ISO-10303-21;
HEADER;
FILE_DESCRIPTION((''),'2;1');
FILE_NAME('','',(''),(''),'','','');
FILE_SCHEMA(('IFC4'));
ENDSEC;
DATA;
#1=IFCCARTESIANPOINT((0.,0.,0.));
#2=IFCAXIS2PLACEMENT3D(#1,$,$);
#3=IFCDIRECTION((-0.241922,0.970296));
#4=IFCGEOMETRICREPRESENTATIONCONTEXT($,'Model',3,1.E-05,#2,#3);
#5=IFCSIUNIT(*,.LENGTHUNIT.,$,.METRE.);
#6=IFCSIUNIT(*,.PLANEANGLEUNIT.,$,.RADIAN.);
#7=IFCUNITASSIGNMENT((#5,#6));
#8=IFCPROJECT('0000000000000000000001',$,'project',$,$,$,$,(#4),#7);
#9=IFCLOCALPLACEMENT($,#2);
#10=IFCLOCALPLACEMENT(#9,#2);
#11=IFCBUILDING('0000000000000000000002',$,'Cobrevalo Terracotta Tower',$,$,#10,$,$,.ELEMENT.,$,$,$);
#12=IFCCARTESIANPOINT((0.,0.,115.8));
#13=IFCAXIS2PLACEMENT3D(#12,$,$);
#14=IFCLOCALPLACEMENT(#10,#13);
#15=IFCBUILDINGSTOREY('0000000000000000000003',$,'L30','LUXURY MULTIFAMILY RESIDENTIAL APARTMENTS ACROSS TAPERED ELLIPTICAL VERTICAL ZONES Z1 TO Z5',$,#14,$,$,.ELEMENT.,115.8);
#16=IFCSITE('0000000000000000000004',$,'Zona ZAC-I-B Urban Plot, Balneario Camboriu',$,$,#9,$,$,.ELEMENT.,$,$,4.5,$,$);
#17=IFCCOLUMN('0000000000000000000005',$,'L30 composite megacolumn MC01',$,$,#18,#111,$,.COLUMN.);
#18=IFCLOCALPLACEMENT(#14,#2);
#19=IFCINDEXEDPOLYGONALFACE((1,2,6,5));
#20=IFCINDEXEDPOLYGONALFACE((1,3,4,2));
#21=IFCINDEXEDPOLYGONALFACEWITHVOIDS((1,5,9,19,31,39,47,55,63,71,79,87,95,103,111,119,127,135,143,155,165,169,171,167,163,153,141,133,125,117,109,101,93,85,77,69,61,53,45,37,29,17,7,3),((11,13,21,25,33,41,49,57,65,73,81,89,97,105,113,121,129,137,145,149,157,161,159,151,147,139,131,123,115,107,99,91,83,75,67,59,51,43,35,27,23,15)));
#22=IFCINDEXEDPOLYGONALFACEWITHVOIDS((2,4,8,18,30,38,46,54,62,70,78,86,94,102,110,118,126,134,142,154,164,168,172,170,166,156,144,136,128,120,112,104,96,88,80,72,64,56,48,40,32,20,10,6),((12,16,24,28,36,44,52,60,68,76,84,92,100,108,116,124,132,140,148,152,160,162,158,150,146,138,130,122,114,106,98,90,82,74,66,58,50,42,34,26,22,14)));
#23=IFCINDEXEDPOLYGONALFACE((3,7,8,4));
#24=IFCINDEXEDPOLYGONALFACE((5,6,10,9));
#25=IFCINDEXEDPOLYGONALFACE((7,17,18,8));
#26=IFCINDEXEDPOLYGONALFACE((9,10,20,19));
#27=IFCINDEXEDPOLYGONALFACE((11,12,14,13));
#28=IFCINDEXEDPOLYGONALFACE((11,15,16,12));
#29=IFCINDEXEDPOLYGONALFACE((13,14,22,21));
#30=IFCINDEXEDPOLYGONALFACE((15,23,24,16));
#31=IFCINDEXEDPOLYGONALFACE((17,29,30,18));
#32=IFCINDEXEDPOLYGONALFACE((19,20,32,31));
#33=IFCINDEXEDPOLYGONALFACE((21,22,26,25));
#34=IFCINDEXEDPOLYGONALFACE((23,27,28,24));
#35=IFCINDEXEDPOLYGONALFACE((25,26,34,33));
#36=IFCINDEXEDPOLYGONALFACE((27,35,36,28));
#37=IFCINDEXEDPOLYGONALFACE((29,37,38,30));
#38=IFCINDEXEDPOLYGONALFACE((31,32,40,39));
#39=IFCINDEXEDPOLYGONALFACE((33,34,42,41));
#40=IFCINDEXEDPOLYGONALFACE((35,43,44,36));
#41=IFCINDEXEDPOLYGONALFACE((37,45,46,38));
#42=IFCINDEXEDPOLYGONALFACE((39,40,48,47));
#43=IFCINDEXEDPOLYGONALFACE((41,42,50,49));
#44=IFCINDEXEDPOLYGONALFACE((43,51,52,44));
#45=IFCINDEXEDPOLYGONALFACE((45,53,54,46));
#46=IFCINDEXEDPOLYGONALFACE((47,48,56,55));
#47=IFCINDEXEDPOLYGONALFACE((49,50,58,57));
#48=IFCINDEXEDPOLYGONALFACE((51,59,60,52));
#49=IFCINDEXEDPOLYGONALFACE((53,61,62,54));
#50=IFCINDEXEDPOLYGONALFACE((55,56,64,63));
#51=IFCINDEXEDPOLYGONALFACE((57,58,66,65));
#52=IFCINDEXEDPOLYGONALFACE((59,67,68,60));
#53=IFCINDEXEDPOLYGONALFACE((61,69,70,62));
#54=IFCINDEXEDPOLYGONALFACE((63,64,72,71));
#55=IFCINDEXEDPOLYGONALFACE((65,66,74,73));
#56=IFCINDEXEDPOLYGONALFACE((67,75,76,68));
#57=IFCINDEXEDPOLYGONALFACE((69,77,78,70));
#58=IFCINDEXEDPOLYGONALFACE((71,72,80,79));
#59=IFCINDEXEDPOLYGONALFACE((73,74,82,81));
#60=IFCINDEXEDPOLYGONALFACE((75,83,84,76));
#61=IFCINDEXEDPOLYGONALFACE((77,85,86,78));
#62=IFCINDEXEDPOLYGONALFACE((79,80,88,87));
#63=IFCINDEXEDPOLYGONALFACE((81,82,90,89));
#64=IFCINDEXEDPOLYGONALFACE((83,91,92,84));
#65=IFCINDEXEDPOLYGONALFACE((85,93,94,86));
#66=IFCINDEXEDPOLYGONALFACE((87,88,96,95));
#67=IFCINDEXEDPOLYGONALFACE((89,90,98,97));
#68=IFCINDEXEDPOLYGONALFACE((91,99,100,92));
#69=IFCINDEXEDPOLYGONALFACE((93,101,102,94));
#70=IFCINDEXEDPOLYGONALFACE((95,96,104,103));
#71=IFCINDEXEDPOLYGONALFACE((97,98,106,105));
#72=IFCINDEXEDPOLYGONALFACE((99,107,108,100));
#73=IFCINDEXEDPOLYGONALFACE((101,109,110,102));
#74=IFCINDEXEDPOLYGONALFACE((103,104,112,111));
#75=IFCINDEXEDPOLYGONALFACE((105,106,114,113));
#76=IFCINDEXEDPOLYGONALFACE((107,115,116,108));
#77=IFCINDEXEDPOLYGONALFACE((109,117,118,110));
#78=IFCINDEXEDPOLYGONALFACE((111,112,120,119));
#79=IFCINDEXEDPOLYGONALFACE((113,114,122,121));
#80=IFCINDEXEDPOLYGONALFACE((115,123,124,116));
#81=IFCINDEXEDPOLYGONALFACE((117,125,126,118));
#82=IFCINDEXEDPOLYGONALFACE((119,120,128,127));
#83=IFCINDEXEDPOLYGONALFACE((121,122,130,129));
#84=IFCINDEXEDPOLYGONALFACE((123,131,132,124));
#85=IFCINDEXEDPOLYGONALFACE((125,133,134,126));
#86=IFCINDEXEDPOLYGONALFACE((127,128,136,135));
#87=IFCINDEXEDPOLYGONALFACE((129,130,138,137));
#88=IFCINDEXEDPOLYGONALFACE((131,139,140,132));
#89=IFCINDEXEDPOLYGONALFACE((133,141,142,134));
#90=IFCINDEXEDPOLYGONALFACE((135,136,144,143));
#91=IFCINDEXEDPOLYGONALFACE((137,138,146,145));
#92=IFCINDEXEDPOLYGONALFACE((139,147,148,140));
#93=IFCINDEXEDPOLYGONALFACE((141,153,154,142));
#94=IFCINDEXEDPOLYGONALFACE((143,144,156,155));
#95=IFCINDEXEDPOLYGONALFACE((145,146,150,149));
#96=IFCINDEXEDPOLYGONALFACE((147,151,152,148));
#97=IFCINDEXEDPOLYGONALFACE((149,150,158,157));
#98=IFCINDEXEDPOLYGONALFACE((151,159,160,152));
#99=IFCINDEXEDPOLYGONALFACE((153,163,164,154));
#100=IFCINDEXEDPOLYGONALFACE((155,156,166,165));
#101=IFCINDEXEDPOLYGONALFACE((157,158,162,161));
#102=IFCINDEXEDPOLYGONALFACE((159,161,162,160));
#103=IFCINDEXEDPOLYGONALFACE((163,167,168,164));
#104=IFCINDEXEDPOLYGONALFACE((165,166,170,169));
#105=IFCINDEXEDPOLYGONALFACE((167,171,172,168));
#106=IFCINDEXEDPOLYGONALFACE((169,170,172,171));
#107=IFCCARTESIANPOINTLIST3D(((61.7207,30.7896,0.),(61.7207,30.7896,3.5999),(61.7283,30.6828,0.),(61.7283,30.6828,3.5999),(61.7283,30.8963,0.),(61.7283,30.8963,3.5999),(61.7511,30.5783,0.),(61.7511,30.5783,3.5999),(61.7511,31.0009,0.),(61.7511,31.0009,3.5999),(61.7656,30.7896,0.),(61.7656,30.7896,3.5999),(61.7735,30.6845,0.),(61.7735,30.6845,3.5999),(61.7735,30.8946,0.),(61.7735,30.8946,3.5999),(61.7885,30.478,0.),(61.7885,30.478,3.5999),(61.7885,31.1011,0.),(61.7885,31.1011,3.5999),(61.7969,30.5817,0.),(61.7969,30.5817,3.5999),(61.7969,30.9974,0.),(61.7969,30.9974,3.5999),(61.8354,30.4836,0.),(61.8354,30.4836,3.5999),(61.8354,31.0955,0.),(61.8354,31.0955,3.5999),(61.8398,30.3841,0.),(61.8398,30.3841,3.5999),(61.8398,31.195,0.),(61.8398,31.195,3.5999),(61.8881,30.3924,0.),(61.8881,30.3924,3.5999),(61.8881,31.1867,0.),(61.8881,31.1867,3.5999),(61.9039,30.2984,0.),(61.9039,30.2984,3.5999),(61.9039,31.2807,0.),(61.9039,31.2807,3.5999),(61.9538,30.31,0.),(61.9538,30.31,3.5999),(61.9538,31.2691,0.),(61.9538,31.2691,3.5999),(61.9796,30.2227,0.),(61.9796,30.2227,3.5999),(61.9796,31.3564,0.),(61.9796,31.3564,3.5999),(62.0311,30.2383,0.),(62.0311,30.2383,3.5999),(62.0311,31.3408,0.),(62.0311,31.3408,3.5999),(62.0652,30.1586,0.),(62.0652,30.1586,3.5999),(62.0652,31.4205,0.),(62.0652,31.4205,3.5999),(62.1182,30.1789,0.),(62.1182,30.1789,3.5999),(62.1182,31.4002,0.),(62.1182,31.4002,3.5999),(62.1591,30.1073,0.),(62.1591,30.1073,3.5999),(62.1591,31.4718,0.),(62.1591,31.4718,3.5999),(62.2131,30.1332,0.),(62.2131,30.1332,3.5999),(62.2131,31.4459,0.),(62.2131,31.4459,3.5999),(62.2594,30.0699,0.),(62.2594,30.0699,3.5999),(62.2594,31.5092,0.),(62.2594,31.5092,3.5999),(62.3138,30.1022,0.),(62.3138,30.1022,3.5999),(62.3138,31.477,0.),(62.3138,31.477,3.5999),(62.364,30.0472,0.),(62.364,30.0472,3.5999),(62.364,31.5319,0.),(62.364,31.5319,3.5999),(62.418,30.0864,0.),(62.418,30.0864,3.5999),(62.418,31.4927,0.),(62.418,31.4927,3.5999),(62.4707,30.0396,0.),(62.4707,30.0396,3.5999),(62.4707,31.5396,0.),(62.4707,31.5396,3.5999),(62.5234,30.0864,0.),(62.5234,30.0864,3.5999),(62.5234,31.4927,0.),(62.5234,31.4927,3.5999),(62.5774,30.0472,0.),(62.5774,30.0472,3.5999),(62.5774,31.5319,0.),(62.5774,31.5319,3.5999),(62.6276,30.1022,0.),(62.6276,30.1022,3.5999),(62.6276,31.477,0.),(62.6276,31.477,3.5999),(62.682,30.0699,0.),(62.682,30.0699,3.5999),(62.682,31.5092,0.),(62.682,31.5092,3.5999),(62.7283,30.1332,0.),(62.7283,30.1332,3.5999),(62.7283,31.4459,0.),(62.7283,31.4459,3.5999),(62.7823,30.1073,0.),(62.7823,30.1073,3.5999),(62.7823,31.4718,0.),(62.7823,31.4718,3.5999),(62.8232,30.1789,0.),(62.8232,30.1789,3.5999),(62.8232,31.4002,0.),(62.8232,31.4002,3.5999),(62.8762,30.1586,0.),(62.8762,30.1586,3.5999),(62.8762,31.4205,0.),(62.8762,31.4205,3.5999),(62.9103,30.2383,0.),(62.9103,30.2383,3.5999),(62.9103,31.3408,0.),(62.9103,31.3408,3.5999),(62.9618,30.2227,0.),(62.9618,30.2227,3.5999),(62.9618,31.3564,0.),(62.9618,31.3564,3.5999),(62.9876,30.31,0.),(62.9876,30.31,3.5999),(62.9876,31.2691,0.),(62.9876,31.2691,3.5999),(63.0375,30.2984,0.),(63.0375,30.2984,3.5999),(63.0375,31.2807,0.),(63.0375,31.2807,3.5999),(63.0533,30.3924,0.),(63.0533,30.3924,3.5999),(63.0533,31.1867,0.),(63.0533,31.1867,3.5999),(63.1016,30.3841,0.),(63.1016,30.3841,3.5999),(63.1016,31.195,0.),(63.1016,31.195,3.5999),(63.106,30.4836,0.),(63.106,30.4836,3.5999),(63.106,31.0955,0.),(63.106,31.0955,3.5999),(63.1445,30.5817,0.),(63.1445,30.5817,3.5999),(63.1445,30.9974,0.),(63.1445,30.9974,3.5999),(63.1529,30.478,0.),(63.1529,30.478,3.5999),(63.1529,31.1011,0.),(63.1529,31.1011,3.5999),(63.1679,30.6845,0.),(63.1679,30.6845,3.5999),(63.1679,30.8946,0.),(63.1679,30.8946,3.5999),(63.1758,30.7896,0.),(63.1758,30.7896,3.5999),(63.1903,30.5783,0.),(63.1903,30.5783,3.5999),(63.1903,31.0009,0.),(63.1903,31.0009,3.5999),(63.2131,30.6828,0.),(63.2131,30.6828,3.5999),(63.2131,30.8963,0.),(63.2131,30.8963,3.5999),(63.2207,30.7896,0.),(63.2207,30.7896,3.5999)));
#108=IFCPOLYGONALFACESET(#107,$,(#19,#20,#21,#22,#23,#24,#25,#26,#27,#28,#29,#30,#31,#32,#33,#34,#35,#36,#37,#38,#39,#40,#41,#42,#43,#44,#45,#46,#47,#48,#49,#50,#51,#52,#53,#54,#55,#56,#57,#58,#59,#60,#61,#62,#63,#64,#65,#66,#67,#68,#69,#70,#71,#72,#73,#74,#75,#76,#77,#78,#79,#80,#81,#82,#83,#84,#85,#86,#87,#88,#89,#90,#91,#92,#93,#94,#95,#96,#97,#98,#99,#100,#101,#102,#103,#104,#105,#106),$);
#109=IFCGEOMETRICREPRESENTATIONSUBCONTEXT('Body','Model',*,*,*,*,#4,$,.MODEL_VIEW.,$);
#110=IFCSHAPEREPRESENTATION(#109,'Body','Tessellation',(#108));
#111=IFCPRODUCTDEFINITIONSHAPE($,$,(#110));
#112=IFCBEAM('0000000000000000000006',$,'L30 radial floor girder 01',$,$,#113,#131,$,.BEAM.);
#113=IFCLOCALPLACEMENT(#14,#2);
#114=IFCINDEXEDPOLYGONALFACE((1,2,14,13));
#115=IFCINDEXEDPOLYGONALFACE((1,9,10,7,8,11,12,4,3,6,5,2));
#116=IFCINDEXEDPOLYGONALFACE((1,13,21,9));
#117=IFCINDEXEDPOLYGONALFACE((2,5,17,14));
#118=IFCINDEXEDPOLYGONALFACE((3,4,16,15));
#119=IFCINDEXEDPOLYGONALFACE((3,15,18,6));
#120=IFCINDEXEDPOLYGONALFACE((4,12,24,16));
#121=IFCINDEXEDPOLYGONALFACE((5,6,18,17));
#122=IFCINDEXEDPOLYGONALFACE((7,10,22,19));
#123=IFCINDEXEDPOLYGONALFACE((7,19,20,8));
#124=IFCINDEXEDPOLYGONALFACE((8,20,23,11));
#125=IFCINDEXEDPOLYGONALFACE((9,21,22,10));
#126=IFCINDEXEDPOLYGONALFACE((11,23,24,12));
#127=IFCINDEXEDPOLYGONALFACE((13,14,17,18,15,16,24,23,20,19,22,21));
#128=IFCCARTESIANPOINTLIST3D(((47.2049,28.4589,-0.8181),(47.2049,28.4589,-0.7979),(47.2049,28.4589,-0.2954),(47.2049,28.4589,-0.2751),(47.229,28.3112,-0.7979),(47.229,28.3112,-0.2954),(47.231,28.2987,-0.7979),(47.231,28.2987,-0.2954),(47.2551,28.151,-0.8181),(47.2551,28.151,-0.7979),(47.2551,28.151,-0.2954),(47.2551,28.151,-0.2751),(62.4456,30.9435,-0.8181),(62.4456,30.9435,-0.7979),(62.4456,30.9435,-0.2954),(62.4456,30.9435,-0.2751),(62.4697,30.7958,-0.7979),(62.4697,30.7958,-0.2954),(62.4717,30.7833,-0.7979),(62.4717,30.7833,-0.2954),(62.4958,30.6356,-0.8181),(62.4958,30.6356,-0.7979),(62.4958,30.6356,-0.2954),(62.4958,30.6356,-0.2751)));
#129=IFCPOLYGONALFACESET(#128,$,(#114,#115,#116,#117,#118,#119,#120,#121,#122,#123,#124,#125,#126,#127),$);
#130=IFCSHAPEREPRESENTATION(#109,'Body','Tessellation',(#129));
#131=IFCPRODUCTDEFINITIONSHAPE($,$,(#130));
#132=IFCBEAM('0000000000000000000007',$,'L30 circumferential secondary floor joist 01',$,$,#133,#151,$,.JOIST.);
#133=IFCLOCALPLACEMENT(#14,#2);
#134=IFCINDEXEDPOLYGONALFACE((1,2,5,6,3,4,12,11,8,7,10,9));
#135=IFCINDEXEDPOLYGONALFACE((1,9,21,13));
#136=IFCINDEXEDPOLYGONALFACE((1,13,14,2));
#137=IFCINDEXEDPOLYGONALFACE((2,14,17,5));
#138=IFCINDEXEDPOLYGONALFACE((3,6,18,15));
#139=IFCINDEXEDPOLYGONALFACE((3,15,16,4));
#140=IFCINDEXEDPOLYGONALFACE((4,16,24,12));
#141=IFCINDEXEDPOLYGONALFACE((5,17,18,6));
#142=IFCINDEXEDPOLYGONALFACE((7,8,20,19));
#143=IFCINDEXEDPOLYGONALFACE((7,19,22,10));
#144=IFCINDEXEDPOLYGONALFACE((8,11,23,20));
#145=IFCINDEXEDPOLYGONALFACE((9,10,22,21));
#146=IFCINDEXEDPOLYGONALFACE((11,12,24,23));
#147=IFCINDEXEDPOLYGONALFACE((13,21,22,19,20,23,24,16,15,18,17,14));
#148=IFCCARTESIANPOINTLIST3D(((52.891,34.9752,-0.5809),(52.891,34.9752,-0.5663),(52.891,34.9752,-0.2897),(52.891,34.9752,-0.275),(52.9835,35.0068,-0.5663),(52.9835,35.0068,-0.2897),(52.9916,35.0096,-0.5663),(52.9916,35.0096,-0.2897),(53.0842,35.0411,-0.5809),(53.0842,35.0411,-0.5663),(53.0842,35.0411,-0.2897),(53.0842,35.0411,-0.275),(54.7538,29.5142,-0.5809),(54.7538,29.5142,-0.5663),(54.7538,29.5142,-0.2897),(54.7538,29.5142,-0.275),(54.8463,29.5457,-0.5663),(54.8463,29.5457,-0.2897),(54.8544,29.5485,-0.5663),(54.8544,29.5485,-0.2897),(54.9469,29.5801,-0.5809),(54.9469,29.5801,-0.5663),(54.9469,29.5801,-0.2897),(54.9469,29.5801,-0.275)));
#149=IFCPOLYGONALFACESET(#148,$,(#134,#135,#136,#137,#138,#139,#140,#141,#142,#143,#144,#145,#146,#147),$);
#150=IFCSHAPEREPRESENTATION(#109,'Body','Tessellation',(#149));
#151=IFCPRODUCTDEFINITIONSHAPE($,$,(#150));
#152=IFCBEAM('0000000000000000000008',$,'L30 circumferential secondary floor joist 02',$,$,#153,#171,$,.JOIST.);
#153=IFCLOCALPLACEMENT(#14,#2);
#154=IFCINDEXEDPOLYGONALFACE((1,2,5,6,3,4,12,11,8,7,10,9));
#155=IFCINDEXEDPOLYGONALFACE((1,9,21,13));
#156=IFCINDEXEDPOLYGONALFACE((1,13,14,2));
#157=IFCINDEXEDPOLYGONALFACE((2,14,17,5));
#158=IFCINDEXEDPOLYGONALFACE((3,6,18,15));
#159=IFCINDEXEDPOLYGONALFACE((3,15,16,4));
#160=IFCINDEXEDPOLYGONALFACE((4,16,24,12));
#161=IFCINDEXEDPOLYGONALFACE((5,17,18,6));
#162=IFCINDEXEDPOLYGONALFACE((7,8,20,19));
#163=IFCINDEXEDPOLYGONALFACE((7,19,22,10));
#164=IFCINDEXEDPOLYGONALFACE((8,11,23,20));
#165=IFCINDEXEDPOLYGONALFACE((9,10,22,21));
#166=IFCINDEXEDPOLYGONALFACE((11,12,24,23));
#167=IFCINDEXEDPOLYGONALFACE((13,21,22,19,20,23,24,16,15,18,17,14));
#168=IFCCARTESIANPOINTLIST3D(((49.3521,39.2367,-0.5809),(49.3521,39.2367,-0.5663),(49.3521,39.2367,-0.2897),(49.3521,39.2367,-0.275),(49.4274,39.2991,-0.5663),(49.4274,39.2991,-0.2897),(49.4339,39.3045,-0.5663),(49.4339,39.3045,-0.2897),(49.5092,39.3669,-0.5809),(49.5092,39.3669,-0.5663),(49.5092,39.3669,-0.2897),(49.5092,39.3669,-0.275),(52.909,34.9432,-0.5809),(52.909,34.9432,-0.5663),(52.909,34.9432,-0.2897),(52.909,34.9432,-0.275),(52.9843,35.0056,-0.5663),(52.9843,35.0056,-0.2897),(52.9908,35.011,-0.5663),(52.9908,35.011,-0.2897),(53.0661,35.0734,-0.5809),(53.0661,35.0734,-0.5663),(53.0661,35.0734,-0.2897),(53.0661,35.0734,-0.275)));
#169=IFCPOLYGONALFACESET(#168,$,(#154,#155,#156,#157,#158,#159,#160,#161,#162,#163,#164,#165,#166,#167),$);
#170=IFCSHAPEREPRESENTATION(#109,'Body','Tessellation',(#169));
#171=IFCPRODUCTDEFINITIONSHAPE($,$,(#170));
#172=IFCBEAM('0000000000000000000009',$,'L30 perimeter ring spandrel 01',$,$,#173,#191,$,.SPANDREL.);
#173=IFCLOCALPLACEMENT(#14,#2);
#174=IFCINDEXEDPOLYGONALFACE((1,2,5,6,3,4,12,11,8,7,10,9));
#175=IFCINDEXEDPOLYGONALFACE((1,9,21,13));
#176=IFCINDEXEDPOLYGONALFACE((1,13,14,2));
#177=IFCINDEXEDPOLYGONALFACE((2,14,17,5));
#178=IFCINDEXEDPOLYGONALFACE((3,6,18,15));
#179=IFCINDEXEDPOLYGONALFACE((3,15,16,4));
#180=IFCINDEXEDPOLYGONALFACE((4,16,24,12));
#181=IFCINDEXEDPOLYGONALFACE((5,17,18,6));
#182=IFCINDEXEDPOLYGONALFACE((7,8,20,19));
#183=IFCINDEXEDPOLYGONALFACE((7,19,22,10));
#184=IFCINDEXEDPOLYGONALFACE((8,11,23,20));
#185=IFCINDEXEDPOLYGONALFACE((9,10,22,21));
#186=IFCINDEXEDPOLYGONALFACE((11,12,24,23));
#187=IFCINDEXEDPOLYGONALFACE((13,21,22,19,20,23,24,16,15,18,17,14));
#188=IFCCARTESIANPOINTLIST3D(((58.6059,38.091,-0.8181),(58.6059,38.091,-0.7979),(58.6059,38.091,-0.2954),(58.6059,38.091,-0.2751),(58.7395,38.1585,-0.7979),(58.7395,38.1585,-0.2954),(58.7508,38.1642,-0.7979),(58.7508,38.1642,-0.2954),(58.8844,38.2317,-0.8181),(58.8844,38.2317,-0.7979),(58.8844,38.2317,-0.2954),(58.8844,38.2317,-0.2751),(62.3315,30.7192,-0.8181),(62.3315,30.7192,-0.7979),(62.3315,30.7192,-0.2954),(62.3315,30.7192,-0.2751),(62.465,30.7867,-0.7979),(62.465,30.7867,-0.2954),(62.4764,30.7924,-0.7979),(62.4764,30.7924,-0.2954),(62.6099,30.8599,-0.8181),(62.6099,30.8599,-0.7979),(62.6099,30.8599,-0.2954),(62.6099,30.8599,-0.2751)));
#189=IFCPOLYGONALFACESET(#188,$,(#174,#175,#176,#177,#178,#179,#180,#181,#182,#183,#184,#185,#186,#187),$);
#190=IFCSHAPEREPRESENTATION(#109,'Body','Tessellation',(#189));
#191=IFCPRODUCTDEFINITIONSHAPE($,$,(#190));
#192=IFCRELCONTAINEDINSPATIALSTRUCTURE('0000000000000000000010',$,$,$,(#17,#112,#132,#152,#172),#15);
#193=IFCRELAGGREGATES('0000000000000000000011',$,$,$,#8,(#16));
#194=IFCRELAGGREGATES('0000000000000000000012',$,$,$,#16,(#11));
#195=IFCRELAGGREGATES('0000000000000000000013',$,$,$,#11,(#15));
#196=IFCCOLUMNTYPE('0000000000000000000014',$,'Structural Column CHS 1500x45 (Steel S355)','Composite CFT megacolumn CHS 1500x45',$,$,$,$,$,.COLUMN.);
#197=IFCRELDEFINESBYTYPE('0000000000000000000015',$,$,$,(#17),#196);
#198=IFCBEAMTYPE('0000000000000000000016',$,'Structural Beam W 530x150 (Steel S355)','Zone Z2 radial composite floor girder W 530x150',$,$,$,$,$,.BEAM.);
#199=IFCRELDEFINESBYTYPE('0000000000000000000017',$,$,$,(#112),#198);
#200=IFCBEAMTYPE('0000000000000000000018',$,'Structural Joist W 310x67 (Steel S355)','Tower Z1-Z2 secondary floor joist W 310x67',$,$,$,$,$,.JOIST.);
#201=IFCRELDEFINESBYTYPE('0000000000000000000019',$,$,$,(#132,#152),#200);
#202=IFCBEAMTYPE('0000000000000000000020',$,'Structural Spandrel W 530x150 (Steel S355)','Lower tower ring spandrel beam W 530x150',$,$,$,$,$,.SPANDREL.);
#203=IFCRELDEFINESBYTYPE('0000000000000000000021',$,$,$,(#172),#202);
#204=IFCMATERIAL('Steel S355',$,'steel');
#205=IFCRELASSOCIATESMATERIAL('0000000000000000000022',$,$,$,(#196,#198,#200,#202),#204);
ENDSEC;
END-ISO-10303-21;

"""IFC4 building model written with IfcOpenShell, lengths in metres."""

from ifc_helpers import new_model, si_unit, direction, frame, origin, origin_2d, place, context, subcontext, project, spatial, hollow_circle, i_section, extrude, material, material_profile, profile_set, type_object, element, save


model = new_model("IFC4")

# Units and contexts
model_context = context("Model", 3, precision=1e-05, world=origin(), true_north=direction((-0.241922, 0.970296)))
body_context = subcontext(model_context, "Body", "Model", "MODEL_VIEW")
ifc_project = project(units=[si_unit("LENGTHUNIT", "METRE"), si_unit("PLANEANGLEUNIT", "RADIAN")], contexts=[model_context])

# Site, building, storey
site_placement = place(None, origin())
site = spatial("IfcSite", under=ifc_project, at=site_placement, Name="Zona ZAC-I-B Urban Plot, Balneario Camboriu", CompositionType="ELEMENT", RefElevation=4.5)
building_placement = place(site_placement, origin())
building = spatial("IfcBuilding", under=site, at=building_placement, Name="Cobrevalo Terracotta Tower", CompositionType="ELEMENT")
storey_placement = place(building_placement, frame((0.0, 0.0, 115.8)))
storey = spatial("IfcBuildingStorey", under=building, at=storey_placement, Name="L30", Description="LUXURY MULTIFAMILY RESIDENTIAL APARTMENTS ACROSS TAPERED ELLIPTICAL VERTICAL ZONES Z1 TO Z5", CompositionType="ELEMENT", Elevation=115.8)

# Column
ifc_material_1 = material(Name="Steel S355", Category="steel")
ifc_material_profile_1 = material_profile(ifc_material_1, hollow_circle(Radius=0.75, WallThickness=0.0449, at=origin_2d()), Name="CHS 1500x45")
ifc_profile_set_1 = profile_set([ifc_material_profile_1], Name="Steel S355")
column_type = type_object("IfcColumnType", Name="Structural Column CHS 1500x45 (Steel S355)", Description="Composite CFT megacolumn CHS 1500x45", PredefinedType="COLUMN", material=ifc_profile_set_1)
column_placement = place(storey_placement, frame((62.4707, 30.7896, 0.0), z_axis=(0.0, 0.0, 1.0), x_axis=(1.0, 0.0, 0.0)))
element("IfcColumn", 1, at=column_placement, inside=storey, type_object=column_type, Name="L30 composite megacolumn MC01", PredefinedType="COLUMN", context=body_context, shape_type="SweptSolid", body=[
    extrude(hollow_circle(Radius=0.75, WallThickness=0.0449, at=origin_2d()), origin(), (0.0, 0.0, 1.0), 3.5999),
])

# Beams
ifc_material_profile_2 = material_profile(ifc_material_1, i_section(OverallWidth=0.312, OverallDepth=0.543, WebThickness=0.0127, FlangeThickness=0.0203, at=origin_2d()), Name="W 530x150")
ifc_profile_set_2 = profile_set([ifc_material_profile_2], Name="Steel S355")
beam_type_1 = type_object("IfcBeamType", Name="Structural Beam W 530x150 (Steel S355)", Description="Zone Z2 radial composite floor girder W 530x150", PredefinedType="BEAM", material=ifc_profile_set_2)
beam_1_placement = place(storey_placement, frame((62.4707, 30.7896, -0.5466), z_axis=(-0.986971, -0.160901, 0.0), x_axis=(0.160901, -0.986971, 0.0)))
element("IfcBeam", 2, at=beam_1_placement, inside=storey, type_object=beam_type_1, Name="L30 radial floor girder 01", PredefinedType="BEAM", context=body_context, shape_type="SweptSolid", body=[
    extrude(i_section(OverallWidth=0.312, OverallDepth=0.543, WebThickness=0.0127, FlangeThickness=0.0203, at=origin_2d()), origin(), (0.0, 0.0, 1.0), 15.4419),
])
ifc_material_profile_3 = material_profile(ifc_material_1, i_section(OverallWidth=0.2041, OverallDepth=0.3059, WebThickness=0.0085, FlangeThickness=0.0146, at=origin_2d()), Name="W 310x67")
ifc_profile_set_3 = profile_set([ifc_material_profile_3], Name="Steel S355")
beam_type_2 = type_object("IfcBeamType", Name="Structural Joist W 310x67 (Steel S355)", Description="Tower Z1-Z2 secondary floor joist W 310x67", PredefinedType="JOIST", material=ifc_profile_set_3)
beam_2_placement = place(storey_placement, frame((54.8503, 29.5471, -0.428), z_axis=(-0.322833, 0.946456, 0.0), x_axis=(-0.946456, -0.322833, 0.0)))
element("IfcBeam", 3, at=beam_2_placement, inside=storey, type_object=beam_type_2, Name="L30 circumferential secondary floor joist 01", PredefinedType="JOIST", context=body_context, shape_type="SweptSolid", body=[
    extrude(i_section(OverallWidth=0.2041, OverallDepth=0.3059, WebThickness=0.0085, FlangeThickness=0.0146, at=origin_2d()), origin(), (0.0, 0.0, 1.0), 5.77),
])
beam_3_placement = place(storey_placement, frame((52.9875, 35.0083, -0.428), z_axis=(-0.637959, 0.77007, 0.0), x_axis=(-0.77007, -0.637959, 0.0)))
element("IfcBeam", 4, at=beam_3_placement, inside=storey, type_object=beam_type_2, Name="L30 circumferential secondary floor joist 02", PredefinedType="JOIST", context=body_context, shape_type="SweptSolid", body=[
    extrude(i_section(OverallWidth=0.2041, OverallDepth=0.3059, WebThickness=0.0085, FlangeThickness=0.0146, at=origin_2d()), origin(), (0.0, 0.0, 1.0), 5.5754),
])
ifc_material_profile_4 = material_profile(ifc_material_1, i_section(OverallWidth=0.312, OverallDepth=0.543, WebThickness=0.0127, FlangeThickness=0.0203, at=origin_2d()), Name="W 530x150")
ifc_profile_set_4 = profile_set([ifc_material_profile_4], Name="Steel S355")
beam_type_3 = type_object("IfcBeamType", Name="Structural Spandrel W 530x150 (Steel S355)", Description="Lower tower ring spandrel beam W 530x150", PredefinedType="SPANDREL", material=ifc_profile_set_4)
beam_4_placement = place(storey_placement, frame((62.4707, 30.7896, -0.5466), z_axis=(-0.451052, 0.892498, 0.0), x_axis=(-0.892498, -0.451052, 0.0)))
element("IfcBeam", 5, at=beam_4_placement, inside=storey, type_object=beam_type_3, Name="L30 perimeter ring spandrel 01", PredefinedType="SPANDREL", context=body_context, shape_type="SweptSolid", body=[
    extrude(i_section(OverallWidth=0.312, OverallDepth=0.543, WebThickness=0.0127, FlangeThickness=0.0203, at=origin_2d()), origin(), (0.0, 0.0, 1.0), 8.2598),
])

save(model, "model.ifc")
